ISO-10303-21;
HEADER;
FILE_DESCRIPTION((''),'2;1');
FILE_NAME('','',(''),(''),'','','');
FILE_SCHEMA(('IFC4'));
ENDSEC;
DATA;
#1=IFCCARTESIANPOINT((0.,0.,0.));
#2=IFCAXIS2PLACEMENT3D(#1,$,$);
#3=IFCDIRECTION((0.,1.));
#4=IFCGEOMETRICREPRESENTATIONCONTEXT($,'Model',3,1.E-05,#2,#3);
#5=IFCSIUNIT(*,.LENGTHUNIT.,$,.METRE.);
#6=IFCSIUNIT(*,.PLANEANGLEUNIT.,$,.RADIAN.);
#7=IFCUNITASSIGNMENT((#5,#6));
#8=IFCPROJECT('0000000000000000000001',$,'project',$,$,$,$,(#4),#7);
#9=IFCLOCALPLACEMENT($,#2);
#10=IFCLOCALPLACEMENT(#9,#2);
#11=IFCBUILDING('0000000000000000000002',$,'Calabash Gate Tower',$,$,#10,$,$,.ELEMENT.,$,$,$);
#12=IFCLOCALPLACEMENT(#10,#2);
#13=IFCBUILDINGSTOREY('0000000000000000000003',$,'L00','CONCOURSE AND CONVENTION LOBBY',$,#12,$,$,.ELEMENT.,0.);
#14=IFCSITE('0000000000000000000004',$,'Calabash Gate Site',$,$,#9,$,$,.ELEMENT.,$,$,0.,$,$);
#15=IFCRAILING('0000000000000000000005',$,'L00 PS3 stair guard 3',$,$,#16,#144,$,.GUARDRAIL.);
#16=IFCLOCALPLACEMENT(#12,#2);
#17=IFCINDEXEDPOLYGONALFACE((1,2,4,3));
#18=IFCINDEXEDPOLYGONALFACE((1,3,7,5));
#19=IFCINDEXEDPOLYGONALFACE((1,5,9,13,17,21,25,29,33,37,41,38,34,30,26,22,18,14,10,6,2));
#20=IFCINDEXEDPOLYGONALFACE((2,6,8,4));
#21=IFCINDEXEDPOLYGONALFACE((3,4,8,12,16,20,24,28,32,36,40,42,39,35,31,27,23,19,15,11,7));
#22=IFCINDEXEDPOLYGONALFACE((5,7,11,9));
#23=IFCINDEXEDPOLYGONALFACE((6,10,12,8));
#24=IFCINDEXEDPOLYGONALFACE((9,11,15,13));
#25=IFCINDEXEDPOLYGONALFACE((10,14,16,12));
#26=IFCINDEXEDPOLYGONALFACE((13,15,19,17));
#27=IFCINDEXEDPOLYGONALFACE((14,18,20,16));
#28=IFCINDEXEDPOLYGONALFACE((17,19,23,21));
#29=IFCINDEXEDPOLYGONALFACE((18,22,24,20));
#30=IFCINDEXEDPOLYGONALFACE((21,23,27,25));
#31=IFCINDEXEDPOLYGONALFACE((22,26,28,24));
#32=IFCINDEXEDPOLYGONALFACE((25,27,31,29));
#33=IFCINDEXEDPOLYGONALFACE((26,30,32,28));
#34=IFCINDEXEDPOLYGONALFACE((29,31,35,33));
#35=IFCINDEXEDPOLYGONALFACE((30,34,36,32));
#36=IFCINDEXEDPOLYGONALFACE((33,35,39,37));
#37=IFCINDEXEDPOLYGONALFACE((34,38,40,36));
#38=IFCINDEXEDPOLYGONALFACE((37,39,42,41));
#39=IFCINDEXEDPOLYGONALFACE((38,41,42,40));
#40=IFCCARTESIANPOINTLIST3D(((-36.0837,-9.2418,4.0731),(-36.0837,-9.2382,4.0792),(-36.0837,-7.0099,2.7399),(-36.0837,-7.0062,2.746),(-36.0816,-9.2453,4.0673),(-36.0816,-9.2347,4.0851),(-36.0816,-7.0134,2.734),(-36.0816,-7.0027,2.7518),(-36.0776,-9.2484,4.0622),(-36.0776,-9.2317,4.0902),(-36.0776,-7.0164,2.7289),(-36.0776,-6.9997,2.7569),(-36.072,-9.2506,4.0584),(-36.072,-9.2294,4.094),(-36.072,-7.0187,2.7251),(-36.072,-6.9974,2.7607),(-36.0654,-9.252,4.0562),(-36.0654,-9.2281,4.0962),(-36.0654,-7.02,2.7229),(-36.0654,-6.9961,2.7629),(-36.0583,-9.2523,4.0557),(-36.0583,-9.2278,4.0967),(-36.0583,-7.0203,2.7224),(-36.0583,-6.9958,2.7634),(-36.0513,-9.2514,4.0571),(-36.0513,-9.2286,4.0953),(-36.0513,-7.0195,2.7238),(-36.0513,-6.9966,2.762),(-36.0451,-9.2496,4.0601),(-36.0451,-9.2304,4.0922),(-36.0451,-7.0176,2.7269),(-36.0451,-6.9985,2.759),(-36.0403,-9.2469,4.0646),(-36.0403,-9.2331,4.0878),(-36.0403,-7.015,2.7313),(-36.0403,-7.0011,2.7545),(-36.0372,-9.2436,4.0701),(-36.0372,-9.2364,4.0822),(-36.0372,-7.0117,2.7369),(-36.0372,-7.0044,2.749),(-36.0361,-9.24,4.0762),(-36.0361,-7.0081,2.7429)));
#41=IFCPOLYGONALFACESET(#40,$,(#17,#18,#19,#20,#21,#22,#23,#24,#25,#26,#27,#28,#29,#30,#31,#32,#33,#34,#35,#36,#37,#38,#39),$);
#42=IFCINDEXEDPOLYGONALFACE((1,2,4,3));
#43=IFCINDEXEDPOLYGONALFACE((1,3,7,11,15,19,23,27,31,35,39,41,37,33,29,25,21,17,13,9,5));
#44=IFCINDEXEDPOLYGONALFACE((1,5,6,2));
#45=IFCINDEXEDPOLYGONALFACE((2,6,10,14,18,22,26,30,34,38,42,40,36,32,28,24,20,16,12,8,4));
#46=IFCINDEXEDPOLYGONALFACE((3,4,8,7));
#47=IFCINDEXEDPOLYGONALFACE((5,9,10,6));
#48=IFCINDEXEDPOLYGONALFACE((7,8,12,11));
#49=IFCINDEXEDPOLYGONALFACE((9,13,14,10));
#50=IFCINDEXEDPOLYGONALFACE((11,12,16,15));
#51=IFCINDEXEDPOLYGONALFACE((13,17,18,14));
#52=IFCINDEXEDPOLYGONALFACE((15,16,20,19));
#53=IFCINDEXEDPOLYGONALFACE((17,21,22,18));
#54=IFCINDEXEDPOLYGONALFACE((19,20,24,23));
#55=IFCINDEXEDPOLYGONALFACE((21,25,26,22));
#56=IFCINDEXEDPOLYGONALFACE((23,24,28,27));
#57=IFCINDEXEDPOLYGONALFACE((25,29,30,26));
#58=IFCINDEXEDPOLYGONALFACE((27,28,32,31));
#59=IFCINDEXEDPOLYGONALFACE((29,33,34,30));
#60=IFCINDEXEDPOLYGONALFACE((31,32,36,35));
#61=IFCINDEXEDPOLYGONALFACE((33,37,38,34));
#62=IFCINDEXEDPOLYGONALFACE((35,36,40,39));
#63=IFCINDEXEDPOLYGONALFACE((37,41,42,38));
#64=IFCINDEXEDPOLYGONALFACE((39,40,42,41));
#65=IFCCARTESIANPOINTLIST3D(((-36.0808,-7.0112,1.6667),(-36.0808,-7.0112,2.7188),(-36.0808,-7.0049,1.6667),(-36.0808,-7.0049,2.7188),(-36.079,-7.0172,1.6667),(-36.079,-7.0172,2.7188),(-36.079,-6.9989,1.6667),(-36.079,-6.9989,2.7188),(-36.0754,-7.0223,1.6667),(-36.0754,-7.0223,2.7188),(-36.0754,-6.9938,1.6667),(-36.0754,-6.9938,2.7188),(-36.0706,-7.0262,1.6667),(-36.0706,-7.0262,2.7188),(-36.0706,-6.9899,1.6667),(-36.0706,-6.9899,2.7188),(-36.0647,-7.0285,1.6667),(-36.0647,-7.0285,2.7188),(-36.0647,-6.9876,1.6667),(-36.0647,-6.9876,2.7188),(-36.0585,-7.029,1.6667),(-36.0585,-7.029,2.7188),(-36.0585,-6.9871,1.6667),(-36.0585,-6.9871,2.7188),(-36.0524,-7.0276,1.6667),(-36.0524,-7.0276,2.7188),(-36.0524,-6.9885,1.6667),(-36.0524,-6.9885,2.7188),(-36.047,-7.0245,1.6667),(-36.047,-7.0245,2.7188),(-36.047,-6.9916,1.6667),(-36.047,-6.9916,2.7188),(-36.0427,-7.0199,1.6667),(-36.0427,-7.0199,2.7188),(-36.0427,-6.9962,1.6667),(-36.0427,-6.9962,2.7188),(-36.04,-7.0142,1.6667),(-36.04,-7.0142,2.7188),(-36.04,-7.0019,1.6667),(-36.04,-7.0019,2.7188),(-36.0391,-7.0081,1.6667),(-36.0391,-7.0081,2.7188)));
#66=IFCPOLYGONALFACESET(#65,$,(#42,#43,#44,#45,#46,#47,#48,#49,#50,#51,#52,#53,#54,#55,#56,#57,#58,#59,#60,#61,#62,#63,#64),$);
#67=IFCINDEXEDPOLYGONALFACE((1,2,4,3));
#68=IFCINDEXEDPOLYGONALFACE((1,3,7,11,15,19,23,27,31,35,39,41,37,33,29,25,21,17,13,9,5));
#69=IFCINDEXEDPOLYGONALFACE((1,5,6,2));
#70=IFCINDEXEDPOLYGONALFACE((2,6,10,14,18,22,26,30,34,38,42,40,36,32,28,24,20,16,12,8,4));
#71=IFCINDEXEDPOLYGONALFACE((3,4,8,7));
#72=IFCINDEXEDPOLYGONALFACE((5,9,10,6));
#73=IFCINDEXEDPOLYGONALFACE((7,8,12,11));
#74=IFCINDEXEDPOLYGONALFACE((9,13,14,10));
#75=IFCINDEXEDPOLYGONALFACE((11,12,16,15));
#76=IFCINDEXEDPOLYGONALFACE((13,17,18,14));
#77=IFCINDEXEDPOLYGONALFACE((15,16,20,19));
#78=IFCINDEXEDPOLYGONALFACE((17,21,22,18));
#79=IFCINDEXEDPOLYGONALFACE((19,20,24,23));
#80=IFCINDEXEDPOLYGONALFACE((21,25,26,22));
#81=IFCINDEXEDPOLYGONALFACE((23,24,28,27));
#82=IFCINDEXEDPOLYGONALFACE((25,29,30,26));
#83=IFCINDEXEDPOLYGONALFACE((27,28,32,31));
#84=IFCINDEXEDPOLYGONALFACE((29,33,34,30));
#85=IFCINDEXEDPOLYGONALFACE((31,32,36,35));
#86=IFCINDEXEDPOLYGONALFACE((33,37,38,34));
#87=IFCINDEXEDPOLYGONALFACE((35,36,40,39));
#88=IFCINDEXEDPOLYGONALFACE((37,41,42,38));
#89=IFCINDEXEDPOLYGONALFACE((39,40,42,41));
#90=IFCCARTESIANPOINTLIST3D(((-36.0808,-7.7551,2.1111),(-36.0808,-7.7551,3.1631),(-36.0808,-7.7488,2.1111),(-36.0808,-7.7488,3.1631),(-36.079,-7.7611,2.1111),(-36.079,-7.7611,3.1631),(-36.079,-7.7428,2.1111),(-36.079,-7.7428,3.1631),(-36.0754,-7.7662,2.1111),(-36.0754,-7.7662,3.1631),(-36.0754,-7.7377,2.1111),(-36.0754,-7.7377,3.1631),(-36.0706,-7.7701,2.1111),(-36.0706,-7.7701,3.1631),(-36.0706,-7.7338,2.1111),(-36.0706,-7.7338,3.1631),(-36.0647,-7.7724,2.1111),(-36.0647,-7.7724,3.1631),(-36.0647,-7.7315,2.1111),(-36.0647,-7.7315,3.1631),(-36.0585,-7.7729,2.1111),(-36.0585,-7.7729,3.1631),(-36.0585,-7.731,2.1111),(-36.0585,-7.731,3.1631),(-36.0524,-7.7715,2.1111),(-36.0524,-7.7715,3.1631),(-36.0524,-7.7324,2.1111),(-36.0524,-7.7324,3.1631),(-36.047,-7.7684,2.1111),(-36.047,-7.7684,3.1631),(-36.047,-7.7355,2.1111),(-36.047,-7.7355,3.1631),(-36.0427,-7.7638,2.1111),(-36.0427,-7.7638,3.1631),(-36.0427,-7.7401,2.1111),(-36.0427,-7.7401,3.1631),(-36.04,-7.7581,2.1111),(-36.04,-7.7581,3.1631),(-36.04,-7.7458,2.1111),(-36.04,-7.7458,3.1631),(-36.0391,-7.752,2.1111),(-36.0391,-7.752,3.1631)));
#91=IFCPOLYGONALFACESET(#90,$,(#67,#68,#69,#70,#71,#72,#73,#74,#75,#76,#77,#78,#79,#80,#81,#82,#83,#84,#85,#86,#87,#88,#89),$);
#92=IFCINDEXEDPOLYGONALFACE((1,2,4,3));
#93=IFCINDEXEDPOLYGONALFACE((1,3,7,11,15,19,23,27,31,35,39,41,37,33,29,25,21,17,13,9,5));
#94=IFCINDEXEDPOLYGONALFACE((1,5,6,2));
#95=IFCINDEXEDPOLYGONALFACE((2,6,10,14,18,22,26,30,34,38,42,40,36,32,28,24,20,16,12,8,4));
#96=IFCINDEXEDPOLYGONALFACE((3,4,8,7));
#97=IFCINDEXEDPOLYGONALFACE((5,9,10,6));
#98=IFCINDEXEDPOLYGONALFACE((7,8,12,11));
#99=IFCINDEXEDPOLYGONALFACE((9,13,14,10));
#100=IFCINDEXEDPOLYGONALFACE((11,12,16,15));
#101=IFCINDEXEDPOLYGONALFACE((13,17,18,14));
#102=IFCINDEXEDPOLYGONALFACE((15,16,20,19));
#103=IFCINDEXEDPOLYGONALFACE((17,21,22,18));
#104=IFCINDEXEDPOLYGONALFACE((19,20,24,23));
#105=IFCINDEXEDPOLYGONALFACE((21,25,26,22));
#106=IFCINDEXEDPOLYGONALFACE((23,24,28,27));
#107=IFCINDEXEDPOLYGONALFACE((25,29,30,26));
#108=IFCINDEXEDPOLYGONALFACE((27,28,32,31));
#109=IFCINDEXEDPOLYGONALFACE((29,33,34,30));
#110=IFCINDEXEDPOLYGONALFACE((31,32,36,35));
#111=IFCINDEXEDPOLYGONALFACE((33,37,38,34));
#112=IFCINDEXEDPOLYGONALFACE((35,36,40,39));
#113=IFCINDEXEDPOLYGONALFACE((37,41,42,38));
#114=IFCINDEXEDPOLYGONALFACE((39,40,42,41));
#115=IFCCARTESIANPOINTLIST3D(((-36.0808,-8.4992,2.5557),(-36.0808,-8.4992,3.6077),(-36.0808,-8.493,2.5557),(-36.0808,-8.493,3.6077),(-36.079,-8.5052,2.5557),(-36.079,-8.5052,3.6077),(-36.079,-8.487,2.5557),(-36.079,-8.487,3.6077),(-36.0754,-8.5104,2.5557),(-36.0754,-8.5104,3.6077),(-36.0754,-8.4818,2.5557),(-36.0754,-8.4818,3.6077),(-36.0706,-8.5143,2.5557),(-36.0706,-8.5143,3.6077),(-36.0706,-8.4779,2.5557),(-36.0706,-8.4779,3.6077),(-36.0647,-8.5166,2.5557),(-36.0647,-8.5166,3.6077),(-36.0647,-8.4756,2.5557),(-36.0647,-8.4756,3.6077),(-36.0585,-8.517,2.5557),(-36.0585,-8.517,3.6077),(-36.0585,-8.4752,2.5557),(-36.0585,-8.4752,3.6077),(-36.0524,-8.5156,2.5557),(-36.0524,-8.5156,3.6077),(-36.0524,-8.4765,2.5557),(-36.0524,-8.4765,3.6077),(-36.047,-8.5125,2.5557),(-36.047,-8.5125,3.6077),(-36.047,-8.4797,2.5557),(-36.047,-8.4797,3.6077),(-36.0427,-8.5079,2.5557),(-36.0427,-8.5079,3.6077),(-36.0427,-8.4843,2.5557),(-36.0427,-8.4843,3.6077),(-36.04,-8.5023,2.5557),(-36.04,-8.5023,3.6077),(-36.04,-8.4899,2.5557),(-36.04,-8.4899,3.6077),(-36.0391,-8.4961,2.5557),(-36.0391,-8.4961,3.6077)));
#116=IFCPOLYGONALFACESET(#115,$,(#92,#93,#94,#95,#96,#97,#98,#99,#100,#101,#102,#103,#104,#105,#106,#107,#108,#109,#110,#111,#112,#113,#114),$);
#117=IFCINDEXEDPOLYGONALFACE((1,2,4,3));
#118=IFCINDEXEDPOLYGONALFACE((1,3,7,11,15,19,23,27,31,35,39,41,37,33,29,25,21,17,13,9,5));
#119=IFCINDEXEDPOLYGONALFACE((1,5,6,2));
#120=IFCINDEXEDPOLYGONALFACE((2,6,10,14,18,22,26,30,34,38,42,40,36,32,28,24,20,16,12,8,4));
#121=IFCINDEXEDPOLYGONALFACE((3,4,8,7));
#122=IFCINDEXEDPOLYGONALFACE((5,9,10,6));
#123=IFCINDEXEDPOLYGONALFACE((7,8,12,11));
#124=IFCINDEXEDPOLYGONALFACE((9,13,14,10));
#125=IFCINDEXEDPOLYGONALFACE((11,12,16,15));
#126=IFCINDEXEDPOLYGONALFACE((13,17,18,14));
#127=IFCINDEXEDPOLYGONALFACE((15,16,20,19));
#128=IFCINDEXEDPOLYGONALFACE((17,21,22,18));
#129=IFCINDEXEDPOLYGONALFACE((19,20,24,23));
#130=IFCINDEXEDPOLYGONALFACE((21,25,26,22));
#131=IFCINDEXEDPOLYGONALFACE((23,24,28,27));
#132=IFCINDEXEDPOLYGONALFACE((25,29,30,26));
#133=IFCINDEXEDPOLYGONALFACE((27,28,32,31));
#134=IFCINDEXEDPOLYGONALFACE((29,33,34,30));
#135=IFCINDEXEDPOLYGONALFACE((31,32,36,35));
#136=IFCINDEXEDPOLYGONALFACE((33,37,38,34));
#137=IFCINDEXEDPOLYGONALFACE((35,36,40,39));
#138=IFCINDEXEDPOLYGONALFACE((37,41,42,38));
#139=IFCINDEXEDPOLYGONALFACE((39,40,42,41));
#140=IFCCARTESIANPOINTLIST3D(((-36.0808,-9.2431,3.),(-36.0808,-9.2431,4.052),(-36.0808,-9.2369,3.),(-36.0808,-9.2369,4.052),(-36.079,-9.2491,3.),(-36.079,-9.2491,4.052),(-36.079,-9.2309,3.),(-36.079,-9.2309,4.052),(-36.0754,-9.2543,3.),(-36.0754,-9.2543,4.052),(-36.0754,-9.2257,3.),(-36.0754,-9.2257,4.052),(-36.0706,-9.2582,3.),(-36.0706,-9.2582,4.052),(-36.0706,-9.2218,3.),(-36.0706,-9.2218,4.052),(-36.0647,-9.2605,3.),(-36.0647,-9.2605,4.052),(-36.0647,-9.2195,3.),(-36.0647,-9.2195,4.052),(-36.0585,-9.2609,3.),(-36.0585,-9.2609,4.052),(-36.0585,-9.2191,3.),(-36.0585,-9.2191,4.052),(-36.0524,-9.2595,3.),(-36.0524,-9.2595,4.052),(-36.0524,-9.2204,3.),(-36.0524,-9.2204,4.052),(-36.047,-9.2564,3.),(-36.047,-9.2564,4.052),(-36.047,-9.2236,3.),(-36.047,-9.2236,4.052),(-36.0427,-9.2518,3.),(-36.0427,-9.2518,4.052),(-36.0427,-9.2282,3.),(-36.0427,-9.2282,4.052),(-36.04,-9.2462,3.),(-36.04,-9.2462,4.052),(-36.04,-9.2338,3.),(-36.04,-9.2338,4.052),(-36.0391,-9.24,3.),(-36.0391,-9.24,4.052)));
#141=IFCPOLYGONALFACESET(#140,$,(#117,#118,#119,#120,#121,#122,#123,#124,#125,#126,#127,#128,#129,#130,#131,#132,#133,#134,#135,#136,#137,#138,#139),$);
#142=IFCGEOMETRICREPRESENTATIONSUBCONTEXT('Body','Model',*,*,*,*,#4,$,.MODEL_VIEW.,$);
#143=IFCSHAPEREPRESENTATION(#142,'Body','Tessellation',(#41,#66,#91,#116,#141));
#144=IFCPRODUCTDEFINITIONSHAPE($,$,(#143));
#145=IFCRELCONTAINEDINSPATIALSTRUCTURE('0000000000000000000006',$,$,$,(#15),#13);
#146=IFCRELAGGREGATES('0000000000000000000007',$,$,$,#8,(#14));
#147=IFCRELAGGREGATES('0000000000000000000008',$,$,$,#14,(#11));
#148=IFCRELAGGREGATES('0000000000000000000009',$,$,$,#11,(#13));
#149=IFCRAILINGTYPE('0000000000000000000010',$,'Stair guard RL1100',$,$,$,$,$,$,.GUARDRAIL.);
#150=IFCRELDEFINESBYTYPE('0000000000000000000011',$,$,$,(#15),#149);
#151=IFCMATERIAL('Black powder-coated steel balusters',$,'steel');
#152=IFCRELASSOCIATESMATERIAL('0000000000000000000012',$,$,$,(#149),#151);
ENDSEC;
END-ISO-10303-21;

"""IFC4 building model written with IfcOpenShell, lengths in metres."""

from ifc_helpers import new_model, si_unit, direction, frame, origin, origin_2d, place, context, subcontext, project, spatial, circle, extrude, material, type_object, element, save


model = new_model("IFC4")

# Units and contexts
model_context = context("Model", 3, precision=1e-05, world=origin(), true_north=direction((0.0, 1.0)))
body_context = subcontext(model_context, "Body", "Model", "MODEL_VIEW")
ifc_project = project(units=[si_unit("LENGTHUNIT", "METRE"), si_unit("PLANEANGLEUNIT", "RADIAN")], contexts=[model_context])

# Site, building, storey
site_placement = place(None, origin())
site = spatial("IfcSite", under=ifc_project, at=site_placement, Name="Calabash Gate Site", CompositionType="ELEMENT", RefElevation=0.0)
building_placement = place(site_placement, origin())
building = spatial("IfcBuilding", under=site, at=building_placement, Name="Calabash Gate Tower", CompositionType="ELEMENT")
storey_placement = place(building_placement, origin())
storey = spatial("IfcBuildingStorey", under=building, at=storey_placement, Name="L00", Description="CONCOURSE AND CONVENTION LOBBY", CompositionType="ELEMENT", Elevation=0.0)

# Railing
ifc_material_1 = material(Name="Black powder-coated steel balusters", Category="steel")
railing_type_1 = type_object("IfcRailingType", Name="Stair guard RL1100", PredefinedType="GUARDRAIL", material=ifc_material_1)
railing_1_placement = place(storey_placement, frame((-36.0601, -7.0081, 1.6667)))
element("IfcRailing", 1, at=railing_1_placement, inside=storey, type_object=railing_type_1, Name="L00 PS3 stair guard 3", PredefinedType="GUARDRAIL", context=body_context, shape_type="SweptSolid", body=[
    extrude(circle(Radius=0.0239, at=origin_2d()), frame((0.0, 0.0, 1.0762), z_axis=(0.0, -0.858494, 0.512824), x_axis=(1.0, 0.0, 0.0)), (0.0, 0.0, 1.0), 2.5999),
    extrude(circle(Radius=0.021, at=origin_2d()), origin(), (0.0, 0.0, 1.0), 1.052),
    extrude(circle(Radius=0.021, at=origin_2d()), frame((0.0, -0.7439, 0.4443)), (0.0, 0.0, 1.0), 1.052),
    extrude(circle(Radius=0.021, at=origin_2d()), frame((0.0, -1.488, 0.8889)), (0.0, 0.0, 1.0), 1.052),
    extrude(circle(Radius=0.021, at=origin_2d()), frame((0.0, -2.2319, 1.3333)), (0.0, 0.0, 1.0), 1.052),
])

save(model, "model.ifc")
